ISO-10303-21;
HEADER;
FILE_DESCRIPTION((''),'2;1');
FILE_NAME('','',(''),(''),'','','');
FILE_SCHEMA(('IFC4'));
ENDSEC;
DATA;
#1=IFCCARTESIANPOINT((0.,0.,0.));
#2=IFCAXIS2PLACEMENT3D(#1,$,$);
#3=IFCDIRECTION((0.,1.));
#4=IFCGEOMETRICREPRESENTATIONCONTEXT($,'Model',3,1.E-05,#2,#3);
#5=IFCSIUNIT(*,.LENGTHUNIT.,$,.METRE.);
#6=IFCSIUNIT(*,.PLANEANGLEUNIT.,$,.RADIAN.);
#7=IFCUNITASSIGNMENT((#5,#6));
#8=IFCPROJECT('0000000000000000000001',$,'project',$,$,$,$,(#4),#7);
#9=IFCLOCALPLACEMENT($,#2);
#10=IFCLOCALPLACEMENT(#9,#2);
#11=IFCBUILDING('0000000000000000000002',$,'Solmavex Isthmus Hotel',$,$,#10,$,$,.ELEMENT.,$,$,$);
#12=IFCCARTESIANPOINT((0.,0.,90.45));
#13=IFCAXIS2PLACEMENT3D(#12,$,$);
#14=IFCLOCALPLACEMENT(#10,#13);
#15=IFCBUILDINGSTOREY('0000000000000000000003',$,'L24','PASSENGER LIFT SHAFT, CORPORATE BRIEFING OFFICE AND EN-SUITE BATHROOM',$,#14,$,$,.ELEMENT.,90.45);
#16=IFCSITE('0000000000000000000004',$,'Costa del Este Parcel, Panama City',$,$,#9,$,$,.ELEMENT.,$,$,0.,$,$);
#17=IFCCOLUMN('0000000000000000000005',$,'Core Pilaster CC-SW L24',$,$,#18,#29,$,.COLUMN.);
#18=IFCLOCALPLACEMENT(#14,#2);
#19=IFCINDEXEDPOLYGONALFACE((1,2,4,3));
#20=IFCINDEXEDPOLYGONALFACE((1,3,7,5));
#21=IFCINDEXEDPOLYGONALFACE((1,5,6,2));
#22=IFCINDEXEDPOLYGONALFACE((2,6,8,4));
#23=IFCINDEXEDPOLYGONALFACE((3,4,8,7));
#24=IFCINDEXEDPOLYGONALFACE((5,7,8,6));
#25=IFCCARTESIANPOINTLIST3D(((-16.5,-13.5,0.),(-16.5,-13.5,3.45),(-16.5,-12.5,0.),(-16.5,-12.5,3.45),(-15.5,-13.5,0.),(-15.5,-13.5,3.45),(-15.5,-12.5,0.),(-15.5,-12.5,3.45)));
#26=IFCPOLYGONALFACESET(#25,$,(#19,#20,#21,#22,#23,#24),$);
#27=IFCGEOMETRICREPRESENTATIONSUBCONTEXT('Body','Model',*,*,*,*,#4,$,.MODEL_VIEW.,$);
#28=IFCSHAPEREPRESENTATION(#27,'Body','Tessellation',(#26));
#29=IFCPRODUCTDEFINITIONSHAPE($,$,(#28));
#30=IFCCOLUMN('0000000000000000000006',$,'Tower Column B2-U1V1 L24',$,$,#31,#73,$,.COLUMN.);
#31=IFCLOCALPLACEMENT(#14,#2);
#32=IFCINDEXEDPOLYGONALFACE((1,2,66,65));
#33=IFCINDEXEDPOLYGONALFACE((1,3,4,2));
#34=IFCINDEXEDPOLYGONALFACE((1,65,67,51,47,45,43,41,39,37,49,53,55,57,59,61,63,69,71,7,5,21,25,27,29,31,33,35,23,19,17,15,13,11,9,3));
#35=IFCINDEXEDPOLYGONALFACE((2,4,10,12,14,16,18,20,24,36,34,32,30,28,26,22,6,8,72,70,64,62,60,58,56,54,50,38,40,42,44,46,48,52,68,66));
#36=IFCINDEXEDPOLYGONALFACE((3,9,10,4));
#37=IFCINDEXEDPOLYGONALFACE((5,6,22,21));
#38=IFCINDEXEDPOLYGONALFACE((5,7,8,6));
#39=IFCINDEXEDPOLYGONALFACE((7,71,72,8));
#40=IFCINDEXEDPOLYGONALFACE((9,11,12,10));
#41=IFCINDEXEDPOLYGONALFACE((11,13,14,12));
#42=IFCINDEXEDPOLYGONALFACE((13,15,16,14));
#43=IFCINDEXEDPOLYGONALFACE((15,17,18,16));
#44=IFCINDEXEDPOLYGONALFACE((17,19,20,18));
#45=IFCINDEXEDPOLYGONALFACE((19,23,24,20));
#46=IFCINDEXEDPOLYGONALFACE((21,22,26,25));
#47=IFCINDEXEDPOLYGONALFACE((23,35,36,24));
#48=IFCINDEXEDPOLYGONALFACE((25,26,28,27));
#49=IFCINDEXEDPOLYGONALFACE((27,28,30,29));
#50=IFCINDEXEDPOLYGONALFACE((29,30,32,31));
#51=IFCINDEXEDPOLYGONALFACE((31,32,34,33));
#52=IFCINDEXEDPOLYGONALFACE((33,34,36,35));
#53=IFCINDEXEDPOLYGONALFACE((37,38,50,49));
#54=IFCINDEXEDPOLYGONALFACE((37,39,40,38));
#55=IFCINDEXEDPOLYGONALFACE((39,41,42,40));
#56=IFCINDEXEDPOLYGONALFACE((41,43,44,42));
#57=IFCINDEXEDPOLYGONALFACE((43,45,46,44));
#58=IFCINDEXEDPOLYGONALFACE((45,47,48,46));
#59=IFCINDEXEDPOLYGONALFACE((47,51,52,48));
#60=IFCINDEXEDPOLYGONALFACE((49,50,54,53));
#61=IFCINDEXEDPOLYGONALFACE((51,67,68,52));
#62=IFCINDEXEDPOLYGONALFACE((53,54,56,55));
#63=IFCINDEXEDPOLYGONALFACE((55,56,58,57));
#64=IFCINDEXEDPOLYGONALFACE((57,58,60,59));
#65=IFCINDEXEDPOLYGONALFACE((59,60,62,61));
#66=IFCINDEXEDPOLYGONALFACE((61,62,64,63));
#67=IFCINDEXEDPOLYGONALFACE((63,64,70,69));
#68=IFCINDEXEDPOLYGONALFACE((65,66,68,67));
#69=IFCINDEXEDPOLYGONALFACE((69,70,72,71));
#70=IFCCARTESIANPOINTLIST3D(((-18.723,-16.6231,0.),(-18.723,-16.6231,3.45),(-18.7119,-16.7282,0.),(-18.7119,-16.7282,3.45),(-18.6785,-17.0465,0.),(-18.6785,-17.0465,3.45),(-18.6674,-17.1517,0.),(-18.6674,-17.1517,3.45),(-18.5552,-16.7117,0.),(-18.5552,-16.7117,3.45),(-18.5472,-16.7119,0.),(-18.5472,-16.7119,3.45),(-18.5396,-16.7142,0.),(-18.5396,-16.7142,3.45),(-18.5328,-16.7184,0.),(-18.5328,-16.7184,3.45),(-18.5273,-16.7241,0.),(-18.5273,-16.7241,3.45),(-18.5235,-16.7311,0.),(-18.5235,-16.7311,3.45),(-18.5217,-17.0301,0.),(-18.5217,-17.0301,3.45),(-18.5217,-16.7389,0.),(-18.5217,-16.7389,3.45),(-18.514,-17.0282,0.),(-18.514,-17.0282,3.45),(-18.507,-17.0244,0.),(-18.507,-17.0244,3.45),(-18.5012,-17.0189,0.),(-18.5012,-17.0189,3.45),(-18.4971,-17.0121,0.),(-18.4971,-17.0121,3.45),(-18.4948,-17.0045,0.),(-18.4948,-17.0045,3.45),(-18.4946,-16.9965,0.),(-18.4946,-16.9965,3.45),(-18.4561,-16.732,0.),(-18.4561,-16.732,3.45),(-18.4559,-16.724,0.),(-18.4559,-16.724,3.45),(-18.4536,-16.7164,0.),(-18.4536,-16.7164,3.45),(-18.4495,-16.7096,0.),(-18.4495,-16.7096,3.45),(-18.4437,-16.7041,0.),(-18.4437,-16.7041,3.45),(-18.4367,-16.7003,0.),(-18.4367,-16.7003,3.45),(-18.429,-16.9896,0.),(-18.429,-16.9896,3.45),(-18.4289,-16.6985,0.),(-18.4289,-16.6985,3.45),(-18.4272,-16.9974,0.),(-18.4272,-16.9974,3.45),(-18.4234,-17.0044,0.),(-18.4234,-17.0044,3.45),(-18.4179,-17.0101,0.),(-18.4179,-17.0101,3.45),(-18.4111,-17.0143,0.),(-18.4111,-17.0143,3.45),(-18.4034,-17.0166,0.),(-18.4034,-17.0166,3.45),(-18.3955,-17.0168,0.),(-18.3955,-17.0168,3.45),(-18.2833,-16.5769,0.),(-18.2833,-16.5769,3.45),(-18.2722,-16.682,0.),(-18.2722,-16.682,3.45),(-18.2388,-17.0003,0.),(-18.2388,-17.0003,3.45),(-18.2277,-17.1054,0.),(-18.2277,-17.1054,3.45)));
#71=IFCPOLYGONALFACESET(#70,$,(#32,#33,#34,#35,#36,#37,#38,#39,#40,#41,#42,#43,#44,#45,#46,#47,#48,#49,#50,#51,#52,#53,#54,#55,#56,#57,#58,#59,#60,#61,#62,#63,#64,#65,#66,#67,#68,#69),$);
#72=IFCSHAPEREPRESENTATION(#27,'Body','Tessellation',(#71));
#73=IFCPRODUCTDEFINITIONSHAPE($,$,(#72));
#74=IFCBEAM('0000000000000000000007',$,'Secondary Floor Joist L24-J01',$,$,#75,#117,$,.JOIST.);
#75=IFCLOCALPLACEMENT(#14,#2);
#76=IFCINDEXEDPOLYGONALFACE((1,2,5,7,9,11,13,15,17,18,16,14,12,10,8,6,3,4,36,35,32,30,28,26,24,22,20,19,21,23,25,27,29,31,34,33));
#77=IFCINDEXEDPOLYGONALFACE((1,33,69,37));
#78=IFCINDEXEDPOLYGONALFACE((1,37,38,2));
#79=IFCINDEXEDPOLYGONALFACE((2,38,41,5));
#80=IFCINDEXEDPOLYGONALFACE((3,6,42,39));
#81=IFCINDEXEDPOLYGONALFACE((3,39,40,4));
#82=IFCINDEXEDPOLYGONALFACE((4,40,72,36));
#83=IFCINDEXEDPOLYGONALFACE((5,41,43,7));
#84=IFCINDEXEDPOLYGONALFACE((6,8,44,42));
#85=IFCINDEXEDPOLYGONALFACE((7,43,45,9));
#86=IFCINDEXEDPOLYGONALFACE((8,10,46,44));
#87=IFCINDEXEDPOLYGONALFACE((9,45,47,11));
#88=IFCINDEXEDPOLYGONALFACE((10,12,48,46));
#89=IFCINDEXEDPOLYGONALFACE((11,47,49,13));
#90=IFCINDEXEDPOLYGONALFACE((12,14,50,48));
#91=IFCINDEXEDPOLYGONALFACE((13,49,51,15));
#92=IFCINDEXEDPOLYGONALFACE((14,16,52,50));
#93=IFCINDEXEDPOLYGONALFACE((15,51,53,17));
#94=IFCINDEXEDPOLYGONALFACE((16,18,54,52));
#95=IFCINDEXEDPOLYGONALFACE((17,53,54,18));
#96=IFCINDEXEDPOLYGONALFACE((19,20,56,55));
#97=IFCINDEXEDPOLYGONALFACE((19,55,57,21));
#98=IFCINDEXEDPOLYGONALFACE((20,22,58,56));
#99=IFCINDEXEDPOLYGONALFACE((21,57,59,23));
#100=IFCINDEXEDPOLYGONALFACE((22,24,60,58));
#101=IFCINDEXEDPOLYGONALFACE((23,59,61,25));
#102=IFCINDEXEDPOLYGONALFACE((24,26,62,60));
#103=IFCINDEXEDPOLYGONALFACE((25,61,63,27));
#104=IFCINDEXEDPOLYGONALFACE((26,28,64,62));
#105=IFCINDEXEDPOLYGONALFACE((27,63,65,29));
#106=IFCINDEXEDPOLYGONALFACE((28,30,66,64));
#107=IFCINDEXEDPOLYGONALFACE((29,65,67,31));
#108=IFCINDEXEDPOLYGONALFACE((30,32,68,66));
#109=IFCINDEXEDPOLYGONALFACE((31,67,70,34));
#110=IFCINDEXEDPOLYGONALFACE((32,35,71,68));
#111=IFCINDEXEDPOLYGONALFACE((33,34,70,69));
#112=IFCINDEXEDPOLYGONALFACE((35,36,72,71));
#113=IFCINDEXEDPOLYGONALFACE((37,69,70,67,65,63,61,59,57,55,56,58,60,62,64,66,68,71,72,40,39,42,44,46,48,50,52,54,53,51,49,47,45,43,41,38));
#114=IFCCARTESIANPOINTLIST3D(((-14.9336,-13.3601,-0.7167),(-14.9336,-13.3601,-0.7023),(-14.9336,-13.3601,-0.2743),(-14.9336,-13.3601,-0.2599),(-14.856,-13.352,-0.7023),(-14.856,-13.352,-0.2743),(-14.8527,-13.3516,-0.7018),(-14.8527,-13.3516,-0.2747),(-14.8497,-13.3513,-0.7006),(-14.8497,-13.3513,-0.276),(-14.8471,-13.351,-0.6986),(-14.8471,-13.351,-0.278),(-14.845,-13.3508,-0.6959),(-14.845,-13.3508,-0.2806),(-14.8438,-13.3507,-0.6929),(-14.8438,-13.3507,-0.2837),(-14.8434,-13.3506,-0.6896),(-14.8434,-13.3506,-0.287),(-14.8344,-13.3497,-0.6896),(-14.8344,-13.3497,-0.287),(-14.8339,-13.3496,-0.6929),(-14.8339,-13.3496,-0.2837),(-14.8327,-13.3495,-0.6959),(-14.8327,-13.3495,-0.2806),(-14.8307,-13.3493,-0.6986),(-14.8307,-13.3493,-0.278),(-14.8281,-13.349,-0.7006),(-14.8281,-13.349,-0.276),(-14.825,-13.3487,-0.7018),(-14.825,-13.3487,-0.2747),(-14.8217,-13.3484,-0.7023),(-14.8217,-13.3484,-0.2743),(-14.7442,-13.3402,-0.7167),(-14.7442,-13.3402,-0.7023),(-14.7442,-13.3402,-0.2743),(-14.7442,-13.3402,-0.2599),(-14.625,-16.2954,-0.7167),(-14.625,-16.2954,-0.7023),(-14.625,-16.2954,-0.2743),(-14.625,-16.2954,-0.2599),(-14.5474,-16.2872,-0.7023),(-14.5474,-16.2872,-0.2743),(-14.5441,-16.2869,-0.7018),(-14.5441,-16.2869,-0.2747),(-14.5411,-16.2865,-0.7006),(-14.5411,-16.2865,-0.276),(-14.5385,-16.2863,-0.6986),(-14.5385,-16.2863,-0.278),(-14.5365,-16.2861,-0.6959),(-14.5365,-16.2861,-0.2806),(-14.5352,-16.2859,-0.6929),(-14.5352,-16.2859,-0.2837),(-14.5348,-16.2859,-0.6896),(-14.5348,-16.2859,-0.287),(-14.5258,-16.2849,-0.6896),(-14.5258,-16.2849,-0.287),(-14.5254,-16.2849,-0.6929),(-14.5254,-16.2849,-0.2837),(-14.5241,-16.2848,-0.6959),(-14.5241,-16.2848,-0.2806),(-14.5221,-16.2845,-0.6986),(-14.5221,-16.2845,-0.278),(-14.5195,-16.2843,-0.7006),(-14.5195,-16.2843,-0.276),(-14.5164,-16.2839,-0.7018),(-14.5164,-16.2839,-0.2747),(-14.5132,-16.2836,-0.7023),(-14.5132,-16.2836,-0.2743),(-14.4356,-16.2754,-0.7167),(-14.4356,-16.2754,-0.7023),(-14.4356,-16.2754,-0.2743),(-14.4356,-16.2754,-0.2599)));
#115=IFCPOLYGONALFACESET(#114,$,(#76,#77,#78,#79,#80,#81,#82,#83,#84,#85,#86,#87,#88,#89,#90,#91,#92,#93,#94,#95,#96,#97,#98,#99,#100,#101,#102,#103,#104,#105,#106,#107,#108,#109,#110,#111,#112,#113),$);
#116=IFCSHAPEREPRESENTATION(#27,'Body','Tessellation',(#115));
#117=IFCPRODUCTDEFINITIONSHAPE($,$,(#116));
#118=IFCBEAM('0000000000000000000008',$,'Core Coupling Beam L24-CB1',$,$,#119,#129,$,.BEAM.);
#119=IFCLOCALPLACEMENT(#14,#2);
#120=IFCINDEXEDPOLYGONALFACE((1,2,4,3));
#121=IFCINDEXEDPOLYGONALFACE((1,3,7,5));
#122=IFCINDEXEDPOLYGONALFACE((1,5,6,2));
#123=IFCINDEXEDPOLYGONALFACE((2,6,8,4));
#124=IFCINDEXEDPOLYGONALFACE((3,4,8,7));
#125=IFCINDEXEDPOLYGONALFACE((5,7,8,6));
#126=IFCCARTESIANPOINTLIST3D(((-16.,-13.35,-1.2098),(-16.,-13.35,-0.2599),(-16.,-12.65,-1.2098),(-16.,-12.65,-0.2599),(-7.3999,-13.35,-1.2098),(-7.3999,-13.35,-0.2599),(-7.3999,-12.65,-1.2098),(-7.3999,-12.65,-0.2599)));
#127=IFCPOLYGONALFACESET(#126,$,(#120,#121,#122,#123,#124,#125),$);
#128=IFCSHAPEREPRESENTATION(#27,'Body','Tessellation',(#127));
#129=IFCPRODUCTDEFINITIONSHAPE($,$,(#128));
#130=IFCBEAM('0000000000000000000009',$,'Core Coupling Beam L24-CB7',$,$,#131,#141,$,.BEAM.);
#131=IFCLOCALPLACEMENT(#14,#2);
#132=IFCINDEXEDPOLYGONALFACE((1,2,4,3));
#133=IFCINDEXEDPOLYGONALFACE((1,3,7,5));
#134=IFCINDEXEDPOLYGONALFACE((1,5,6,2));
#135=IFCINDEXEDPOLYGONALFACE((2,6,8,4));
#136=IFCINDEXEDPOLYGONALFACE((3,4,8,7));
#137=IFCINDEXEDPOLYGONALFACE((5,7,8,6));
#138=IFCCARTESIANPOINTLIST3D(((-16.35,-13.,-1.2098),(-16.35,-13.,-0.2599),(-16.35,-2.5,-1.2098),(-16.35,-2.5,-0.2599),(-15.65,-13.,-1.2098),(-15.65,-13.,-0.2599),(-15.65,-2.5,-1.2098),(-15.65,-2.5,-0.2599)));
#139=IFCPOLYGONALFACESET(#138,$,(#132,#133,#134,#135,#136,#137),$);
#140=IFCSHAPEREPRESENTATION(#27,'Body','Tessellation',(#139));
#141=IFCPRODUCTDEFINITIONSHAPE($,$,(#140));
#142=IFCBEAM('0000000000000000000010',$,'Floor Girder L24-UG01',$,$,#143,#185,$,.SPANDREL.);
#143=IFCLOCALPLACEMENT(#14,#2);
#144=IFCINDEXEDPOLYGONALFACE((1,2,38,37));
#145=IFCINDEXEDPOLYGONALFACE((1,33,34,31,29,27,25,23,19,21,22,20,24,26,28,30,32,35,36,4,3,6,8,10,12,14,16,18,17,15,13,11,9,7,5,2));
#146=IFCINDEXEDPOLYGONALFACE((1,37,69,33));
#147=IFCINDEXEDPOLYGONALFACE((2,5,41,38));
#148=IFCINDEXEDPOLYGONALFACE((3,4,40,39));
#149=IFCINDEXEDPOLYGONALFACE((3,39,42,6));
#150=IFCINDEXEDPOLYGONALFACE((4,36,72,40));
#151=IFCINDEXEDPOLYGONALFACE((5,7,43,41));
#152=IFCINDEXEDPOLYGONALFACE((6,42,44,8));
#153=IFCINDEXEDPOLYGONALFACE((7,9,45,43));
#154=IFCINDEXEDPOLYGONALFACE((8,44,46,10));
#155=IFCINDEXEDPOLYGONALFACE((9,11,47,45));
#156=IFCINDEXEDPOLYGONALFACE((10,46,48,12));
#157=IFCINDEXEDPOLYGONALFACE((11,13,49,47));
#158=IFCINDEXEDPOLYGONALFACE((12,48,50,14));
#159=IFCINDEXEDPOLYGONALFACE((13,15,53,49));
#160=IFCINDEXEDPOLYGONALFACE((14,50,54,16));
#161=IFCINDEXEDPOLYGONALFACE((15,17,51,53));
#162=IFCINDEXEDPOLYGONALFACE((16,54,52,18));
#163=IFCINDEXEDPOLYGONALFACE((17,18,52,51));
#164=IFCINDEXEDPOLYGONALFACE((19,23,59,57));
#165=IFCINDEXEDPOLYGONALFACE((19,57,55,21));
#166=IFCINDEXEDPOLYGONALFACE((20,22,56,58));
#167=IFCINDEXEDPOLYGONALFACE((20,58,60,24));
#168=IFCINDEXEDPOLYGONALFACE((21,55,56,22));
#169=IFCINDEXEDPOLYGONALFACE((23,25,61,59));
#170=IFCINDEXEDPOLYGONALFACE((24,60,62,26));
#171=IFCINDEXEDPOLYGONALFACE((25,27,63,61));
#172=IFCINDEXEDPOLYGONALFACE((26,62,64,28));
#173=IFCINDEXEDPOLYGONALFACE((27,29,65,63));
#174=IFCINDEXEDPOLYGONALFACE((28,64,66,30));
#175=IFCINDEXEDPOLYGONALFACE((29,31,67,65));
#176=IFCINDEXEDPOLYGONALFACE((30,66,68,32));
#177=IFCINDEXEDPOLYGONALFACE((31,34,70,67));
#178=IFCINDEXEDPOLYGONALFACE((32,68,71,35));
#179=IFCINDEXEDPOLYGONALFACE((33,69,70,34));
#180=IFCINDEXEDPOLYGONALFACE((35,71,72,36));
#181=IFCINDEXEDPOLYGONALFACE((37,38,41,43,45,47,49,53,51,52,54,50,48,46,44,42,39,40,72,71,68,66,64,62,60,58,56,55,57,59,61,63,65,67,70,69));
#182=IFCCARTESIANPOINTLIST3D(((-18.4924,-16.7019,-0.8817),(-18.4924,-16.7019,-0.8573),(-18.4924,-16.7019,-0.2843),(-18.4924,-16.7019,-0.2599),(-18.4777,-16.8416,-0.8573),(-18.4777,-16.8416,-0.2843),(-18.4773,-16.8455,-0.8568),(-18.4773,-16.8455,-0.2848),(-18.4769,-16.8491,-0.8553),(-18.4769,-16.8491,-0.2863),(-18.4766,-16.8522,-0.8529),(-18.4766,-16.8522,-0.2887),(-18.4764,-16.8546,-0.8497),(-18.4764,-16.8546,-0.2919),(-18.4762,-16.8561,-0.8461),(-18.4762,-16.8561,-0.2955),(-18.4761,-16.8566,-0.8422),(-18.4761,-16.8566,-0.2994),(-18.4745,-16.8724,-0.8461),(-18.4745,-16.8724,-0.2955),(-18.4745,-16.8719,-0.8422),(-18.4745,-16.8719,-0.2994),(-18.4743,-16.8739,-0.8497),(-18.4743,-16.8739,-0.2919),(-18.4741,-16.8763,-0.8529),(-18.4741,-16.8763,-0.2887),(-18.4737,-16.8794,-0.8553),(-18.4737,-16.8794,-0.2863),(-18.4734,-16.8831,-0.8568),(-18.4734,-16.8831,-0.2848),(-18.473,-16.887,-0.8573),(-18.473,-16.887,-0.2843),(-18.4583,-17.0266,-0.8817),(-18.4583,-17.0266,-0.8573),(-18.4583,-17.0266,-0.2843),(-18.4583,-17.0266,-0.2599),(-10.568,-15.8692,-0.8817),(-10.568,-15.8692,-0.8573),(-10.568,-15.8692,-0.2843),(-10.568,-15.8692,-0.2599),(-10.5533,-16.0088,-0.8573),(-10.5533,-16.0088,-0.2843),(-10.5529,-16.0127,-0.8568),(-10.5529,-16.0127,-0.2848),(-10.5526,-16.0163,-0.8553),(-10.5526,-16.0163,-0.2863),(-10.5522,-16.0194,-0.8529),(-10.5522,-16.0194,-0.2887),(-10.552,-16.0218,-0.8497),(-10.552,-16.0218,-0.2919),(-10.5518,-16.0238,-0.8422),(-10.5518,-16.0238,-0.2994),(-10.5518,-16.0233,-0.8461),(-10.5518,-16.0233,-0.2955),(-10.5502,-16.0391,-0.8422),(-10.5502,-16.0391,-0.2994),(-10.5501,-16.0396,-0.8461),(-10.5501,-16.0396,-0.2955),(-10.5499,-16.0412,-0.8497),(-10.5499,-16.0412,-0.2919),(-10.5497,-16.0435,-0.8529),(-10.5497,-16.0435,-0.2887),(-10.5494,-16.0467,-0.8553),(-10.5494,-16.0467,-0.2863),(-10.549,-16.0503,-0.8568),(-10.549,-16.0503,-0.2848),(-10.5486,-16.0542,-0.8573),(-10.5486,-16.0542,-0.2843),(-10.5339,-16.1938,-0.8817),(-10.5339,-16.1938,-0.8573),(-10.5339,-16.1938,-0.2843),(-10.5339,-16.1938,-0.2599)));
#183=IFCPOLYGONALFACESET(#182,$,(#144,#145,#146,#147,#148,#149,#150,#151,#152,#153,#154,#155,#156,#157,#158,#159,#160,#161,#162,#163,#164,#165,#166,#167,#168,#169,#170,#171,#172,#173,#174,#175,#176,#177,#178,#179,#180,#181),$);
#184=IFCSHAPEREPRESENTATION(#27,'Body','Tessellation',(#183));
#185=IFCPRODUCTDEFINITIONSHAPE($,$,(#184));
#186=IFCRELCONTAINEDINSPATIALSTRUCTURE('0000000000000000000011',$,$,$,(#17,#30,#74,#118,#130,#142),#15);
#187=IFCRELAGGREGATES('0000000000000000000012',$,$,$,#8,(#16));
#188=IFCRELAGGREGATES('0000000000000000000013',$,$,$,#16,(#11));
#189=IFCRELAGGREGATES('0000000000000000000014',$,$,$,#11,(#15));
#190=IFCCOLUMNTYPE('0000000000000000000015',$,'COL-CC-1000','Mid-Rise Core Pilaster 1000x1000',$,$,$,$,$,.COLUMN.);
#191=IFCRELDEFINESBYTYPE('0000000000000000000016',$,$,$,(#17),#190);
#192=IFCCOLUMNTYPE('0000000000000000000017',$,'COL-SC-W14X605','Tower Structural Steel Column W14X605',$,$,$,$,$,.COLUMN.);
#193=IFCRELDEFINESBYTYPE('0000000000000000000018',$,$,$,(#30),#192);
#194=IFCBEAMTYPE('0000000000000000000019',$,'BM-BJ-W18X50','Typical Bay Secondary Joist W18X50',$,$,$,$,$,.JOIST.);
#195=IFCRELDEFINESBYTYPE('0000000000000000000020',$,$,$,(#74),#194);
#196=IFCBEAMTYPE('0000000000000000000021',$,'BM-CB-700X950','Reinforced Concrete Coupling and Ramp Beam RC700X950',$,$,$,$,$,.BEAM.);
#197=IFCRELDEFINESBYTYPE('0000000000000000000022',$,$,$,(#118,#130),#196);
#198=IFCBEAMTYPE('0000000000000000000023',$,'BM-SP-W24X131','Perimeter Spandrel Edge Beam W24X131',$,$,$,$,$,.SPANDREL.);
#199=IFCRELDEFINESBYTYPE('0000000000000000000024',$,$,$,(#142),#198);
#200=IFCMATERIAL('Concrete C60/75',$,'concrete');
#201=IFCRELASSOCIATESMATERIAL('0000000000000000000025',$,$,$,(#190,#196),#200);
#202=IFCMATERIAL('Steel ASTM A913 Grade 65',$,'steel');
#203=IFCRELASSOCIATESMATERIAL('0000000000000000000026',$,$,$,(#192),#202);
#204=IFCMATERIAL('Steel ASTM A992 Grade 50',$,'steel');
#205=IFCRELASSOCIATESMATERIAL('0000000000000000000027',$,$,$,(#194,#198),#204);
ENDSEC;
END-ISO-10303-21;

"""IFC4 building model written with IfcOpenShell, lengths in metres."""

from ifc_helpers import new_model, si_unit, direction, frame, origin, origin_2d, place, context, subcontext, project, spatial, rectangle, i_section, extrude, material, material_profile, profile_set, type_object, element, save


model = new_model("IFC4")

# Units and contexts
model_context = context("Model", 3, precision=1e-05, world=origin(), true_north=direction((0.0, 1.0)))
body_context = subcontext(model_context, "Body", "Model", "MODEL_VIEW")
ifc_project = project(units=[si_unit("LENGTHUNIT", "METRE"), si_unit("PLANEANGLEUNIT", "RADIAN")], contexts=[model_context])

# Site, building, storey
site_placement = place(None, origin())
site = spatial("IfcSite", under=ifc_project, at=site_placement, Name="Costa del Este Parcel, Panama City", CompositionType="ELEMENT", RefElevation=0.0)
building_placement = place(site_placement, origin())
building = spatial("IfcBuilding", under=site, at=building_placement, Name="Solmavex Isthmus Hotel", CompositionType="ELEMENT")
storey_placement = place(building_placement, frame((0.0, 0.0, 90.45)))
storey = spatial("IfcBuildingStorey", under=building, at=storey_placement, Name="L24", Description="PASSENGER LIFT SHAFT, CORPORATE BRIEFING OFFICE AND EN-SUITE BATHROOM", CompositionType="ELEMENT", Elevation=90.45)

# Columns
ifc_material_1 = material(Name="Concrete C60/75", Category="concrete")
ifc_material_profile_1 = material_profile(ifc_material_1, rectangle(XDim=1.0, YDim=1.0, at=origin_2d()), Name="RC1000X1000")
ifc_profile_set_1 = profile_set([ifc_material_profile_1], Name="Concrete C60/75")
column_type_1 = type_object("IfcColumnType", Name="COL-CC-1000", Description="Mid-Rise Core Pilaster 1000x1000", PredefinedType="COLUMN", material=ifc_profile_set_1)
column_1_placement = place(storey_placement, frame((-16.0, -13.0, 0.0), z_axis=(0.0, 0.0, 1.0), x_axis=(1.0, 0.0, 0.0)))
element("IfcColumn", 1, at=column_1_placement, inside=storey, type_object=column_type_1, Name="Core Pilaster CC-SW L24", PredefinedType="COLUMN", context=body_context, shape_type="SweptSolid", body=[
    extrude(rectangle(XDim=1.0, YDim=1.0, at=origin_2d()), origin(), (0.0, 0.0, 1.0), 3.45),
])
ifc_material_2 = material(Name="Steel ASTM A913 Grade 65", Category="steel")
ifc_material_profile_2 = material_profile(ifc_material_2, i_section(OverallWidth=0.4421, OverallDepth=0.5315, WebThickness=0.0659, FlangeThickness=0.1057, FilletRadius=0.0305, at=origin_2d()), Name="W14X605")
ifc_profile_set_2 = profile_set([ifc_material_profile_2], Name="Steel ASTM A913 Grade 65")
column_type_2 = type_object("IfcColumnType", Name="COL-SC-W14X605", Description="Tower Structural Steel Column W14X605", PredefinedType="COLUMN", material=ifc_profile_set_2)
column_2_placement = place(storey_placement, frame((-18.4753, -16.8643, 0.0), z_axis=(0.0, 0.0, 1.0), x_axis=(0.994522, 0.104528, 0.0)))
element("IfcColumn", 2, at=column_2_placement, inside=storey, type_object=column_type_2, Name="Tower Column B2-U1V1 L24", PredefinedType="COLUMN", context=body_context, shape_type="SweptSolid", body=[
    extrude(i_section(OverallWidth=0.4421, OverallDepth=0.5315, WebThickness=0.0659, FlangeThickness=0.1057, FilletRadius=0.0305, at=origin_2d()), origin(), (0.0, 0.0, 1.0), 3.45),
])

# Beams
ifc_material_3 = material(Name="Steel ASTM A992 Grade 50", Category="steel")
ifc_material_profile_3 = material_profile(ifc_material_3, i_section(OverallWidth=0.1904, OverallDepth=0.4568, WebThickness=0.009, FlangeThickness=0.0144, FilletRadius=0.0127, at=origin_2d()), Name="W18X50")
ifc_profile_set_3 = profile_set([ifc_material_profile_3], Name="Steel ASTM A992 Grade 50")
beam_type_1 = type_object("IfcBeamType", Name="BM-BJ-W18X50", Description="Typical Bay Secondary Joist W18X50", PredefinedType="JOIST", material=ifc_profile_set_3)
beam_1_placement = place(storey_placement, frame((-14.5303, -16.2854, -0.4883), z_axis=(-0.104556, 0.994519, 0.0), x_axis=(-0.994519, -0.104556, 0.0)))
element("IfcBeam", 3, at=beam_1_placement, inside=storey, type_object=beam_type_1, Name="Secondary Floor Joist L24-J01", PredefinedType="JOIST", context=body_context, shape_type="SweptSolid", body=[
    extrude(i_section(OverallWidth=0.1904, OverallDepth=0.4568, WebThickness=0.009, FlangeThickness=0.0144, FilletRadius=0.0127, at=origin_2d()), origin(), (0.0, 0.0, 1.0), 2.9514),
])
ifc_material_profile_4 = material_profile(ifc_material_1, rectangle(XDim=0.7, YDim=0.95, at=origin_2d()), Name="RC700X950")
ifc_profile_set_4 = profile_set([ifc_material_profile_4], Name="Concrete C60/75")
beam_type_2 = type_object("IfcBeamType", Name="BM-CB-700X950", Description="Reinforced Concrete Coupling and Ramp Beam RC700X950", PredefinedType="BEAM", material=ifc_profile_set_4)
beam_2_placement = place(storey_placement, frame((-16.0, -13.0, -0.7349), z_axis=(1.0, 0.0, 0.0), x_axis=(0.0, 1.0, 0.0)))
element("IfcBeam", 4, at=beam_2_placement, inside=storey, type_object=beam_type_2, Name="Core Coupling Beam L24-CB1", PredefinedType="BEAM", context=body_context, shape_type="SweptSolid", body=[
    extrude(rectangle(XDim=0.7, YDim=0.95, at=origin_2d()), origin(), (0.0, 0.0, 1.0), 8.6001),
])
beam_3_placement = place(storey_placement, frame((-16.0, -13.0, -0.7349), z_axis=(0.0, 1.0, 0.0), x_axis=(-1.0, 0.0, 0.0)))
element("IfcBeam", 5, at=beam_3_placement, inside=storey, type_object=beam_type_2, Name="Core Coupling Beam L24-CB7", PredefinedType="BEAM", context=body_context, shape_type="SweptSolid", body=[
    extrude(rectangle(XDim=0.7, YDim=0.95, at=origin_2d()), origin(), (0.0, 0.0, 1.0), 10.5),
])
ifc_material_profile_5 = material_profile(ifc_material_3, i_section(OverallWidth=0.3264, OverallDepth=0.6218, WebThickness=0.0154, FlangeThickness=0.0244, FilletRadius=0.0151, at=origin_2d()), Name="W24X131")
ifc_profile_set_5 = profile_set([ifc_material_profile_5], Name="Steel ASTM A992 Grade 50")
beam_type_3 = type_object("IfcBeamType", Name="BM-SP-W24X131", Description="Perimeter Spandrel Edge Beam W24X131", PredefinedType="SPANDREL", material=ifc_profile_set_5)
beam_4_placement = place(storey_placement, frame((-18.4753, -16.8643, -0.5708), z_axis=(0.994523, 0.104514, 0.0), x_axis=(-0.104514, 0.994523, 0.0)))
element("IfcBeam", 6, at=beam_4_placement, inside=storey, type_object=beam_type_3, Name="Floor Girder L24-UG01", PredefinedType="SPANDREL", context=body_context, shape_type="SweptSolid", body=[
    extrude(i_section(OverallWidth=0.3264, OverallDepth=0.6218, WebThickness=0.0154, FlangeThickness=0.0244, FilletRadius=0.0151, at=origin_2d()), origin(), (0.0, 0.0, 1.0), 7.968),
])

save(model, "model.ifc")
